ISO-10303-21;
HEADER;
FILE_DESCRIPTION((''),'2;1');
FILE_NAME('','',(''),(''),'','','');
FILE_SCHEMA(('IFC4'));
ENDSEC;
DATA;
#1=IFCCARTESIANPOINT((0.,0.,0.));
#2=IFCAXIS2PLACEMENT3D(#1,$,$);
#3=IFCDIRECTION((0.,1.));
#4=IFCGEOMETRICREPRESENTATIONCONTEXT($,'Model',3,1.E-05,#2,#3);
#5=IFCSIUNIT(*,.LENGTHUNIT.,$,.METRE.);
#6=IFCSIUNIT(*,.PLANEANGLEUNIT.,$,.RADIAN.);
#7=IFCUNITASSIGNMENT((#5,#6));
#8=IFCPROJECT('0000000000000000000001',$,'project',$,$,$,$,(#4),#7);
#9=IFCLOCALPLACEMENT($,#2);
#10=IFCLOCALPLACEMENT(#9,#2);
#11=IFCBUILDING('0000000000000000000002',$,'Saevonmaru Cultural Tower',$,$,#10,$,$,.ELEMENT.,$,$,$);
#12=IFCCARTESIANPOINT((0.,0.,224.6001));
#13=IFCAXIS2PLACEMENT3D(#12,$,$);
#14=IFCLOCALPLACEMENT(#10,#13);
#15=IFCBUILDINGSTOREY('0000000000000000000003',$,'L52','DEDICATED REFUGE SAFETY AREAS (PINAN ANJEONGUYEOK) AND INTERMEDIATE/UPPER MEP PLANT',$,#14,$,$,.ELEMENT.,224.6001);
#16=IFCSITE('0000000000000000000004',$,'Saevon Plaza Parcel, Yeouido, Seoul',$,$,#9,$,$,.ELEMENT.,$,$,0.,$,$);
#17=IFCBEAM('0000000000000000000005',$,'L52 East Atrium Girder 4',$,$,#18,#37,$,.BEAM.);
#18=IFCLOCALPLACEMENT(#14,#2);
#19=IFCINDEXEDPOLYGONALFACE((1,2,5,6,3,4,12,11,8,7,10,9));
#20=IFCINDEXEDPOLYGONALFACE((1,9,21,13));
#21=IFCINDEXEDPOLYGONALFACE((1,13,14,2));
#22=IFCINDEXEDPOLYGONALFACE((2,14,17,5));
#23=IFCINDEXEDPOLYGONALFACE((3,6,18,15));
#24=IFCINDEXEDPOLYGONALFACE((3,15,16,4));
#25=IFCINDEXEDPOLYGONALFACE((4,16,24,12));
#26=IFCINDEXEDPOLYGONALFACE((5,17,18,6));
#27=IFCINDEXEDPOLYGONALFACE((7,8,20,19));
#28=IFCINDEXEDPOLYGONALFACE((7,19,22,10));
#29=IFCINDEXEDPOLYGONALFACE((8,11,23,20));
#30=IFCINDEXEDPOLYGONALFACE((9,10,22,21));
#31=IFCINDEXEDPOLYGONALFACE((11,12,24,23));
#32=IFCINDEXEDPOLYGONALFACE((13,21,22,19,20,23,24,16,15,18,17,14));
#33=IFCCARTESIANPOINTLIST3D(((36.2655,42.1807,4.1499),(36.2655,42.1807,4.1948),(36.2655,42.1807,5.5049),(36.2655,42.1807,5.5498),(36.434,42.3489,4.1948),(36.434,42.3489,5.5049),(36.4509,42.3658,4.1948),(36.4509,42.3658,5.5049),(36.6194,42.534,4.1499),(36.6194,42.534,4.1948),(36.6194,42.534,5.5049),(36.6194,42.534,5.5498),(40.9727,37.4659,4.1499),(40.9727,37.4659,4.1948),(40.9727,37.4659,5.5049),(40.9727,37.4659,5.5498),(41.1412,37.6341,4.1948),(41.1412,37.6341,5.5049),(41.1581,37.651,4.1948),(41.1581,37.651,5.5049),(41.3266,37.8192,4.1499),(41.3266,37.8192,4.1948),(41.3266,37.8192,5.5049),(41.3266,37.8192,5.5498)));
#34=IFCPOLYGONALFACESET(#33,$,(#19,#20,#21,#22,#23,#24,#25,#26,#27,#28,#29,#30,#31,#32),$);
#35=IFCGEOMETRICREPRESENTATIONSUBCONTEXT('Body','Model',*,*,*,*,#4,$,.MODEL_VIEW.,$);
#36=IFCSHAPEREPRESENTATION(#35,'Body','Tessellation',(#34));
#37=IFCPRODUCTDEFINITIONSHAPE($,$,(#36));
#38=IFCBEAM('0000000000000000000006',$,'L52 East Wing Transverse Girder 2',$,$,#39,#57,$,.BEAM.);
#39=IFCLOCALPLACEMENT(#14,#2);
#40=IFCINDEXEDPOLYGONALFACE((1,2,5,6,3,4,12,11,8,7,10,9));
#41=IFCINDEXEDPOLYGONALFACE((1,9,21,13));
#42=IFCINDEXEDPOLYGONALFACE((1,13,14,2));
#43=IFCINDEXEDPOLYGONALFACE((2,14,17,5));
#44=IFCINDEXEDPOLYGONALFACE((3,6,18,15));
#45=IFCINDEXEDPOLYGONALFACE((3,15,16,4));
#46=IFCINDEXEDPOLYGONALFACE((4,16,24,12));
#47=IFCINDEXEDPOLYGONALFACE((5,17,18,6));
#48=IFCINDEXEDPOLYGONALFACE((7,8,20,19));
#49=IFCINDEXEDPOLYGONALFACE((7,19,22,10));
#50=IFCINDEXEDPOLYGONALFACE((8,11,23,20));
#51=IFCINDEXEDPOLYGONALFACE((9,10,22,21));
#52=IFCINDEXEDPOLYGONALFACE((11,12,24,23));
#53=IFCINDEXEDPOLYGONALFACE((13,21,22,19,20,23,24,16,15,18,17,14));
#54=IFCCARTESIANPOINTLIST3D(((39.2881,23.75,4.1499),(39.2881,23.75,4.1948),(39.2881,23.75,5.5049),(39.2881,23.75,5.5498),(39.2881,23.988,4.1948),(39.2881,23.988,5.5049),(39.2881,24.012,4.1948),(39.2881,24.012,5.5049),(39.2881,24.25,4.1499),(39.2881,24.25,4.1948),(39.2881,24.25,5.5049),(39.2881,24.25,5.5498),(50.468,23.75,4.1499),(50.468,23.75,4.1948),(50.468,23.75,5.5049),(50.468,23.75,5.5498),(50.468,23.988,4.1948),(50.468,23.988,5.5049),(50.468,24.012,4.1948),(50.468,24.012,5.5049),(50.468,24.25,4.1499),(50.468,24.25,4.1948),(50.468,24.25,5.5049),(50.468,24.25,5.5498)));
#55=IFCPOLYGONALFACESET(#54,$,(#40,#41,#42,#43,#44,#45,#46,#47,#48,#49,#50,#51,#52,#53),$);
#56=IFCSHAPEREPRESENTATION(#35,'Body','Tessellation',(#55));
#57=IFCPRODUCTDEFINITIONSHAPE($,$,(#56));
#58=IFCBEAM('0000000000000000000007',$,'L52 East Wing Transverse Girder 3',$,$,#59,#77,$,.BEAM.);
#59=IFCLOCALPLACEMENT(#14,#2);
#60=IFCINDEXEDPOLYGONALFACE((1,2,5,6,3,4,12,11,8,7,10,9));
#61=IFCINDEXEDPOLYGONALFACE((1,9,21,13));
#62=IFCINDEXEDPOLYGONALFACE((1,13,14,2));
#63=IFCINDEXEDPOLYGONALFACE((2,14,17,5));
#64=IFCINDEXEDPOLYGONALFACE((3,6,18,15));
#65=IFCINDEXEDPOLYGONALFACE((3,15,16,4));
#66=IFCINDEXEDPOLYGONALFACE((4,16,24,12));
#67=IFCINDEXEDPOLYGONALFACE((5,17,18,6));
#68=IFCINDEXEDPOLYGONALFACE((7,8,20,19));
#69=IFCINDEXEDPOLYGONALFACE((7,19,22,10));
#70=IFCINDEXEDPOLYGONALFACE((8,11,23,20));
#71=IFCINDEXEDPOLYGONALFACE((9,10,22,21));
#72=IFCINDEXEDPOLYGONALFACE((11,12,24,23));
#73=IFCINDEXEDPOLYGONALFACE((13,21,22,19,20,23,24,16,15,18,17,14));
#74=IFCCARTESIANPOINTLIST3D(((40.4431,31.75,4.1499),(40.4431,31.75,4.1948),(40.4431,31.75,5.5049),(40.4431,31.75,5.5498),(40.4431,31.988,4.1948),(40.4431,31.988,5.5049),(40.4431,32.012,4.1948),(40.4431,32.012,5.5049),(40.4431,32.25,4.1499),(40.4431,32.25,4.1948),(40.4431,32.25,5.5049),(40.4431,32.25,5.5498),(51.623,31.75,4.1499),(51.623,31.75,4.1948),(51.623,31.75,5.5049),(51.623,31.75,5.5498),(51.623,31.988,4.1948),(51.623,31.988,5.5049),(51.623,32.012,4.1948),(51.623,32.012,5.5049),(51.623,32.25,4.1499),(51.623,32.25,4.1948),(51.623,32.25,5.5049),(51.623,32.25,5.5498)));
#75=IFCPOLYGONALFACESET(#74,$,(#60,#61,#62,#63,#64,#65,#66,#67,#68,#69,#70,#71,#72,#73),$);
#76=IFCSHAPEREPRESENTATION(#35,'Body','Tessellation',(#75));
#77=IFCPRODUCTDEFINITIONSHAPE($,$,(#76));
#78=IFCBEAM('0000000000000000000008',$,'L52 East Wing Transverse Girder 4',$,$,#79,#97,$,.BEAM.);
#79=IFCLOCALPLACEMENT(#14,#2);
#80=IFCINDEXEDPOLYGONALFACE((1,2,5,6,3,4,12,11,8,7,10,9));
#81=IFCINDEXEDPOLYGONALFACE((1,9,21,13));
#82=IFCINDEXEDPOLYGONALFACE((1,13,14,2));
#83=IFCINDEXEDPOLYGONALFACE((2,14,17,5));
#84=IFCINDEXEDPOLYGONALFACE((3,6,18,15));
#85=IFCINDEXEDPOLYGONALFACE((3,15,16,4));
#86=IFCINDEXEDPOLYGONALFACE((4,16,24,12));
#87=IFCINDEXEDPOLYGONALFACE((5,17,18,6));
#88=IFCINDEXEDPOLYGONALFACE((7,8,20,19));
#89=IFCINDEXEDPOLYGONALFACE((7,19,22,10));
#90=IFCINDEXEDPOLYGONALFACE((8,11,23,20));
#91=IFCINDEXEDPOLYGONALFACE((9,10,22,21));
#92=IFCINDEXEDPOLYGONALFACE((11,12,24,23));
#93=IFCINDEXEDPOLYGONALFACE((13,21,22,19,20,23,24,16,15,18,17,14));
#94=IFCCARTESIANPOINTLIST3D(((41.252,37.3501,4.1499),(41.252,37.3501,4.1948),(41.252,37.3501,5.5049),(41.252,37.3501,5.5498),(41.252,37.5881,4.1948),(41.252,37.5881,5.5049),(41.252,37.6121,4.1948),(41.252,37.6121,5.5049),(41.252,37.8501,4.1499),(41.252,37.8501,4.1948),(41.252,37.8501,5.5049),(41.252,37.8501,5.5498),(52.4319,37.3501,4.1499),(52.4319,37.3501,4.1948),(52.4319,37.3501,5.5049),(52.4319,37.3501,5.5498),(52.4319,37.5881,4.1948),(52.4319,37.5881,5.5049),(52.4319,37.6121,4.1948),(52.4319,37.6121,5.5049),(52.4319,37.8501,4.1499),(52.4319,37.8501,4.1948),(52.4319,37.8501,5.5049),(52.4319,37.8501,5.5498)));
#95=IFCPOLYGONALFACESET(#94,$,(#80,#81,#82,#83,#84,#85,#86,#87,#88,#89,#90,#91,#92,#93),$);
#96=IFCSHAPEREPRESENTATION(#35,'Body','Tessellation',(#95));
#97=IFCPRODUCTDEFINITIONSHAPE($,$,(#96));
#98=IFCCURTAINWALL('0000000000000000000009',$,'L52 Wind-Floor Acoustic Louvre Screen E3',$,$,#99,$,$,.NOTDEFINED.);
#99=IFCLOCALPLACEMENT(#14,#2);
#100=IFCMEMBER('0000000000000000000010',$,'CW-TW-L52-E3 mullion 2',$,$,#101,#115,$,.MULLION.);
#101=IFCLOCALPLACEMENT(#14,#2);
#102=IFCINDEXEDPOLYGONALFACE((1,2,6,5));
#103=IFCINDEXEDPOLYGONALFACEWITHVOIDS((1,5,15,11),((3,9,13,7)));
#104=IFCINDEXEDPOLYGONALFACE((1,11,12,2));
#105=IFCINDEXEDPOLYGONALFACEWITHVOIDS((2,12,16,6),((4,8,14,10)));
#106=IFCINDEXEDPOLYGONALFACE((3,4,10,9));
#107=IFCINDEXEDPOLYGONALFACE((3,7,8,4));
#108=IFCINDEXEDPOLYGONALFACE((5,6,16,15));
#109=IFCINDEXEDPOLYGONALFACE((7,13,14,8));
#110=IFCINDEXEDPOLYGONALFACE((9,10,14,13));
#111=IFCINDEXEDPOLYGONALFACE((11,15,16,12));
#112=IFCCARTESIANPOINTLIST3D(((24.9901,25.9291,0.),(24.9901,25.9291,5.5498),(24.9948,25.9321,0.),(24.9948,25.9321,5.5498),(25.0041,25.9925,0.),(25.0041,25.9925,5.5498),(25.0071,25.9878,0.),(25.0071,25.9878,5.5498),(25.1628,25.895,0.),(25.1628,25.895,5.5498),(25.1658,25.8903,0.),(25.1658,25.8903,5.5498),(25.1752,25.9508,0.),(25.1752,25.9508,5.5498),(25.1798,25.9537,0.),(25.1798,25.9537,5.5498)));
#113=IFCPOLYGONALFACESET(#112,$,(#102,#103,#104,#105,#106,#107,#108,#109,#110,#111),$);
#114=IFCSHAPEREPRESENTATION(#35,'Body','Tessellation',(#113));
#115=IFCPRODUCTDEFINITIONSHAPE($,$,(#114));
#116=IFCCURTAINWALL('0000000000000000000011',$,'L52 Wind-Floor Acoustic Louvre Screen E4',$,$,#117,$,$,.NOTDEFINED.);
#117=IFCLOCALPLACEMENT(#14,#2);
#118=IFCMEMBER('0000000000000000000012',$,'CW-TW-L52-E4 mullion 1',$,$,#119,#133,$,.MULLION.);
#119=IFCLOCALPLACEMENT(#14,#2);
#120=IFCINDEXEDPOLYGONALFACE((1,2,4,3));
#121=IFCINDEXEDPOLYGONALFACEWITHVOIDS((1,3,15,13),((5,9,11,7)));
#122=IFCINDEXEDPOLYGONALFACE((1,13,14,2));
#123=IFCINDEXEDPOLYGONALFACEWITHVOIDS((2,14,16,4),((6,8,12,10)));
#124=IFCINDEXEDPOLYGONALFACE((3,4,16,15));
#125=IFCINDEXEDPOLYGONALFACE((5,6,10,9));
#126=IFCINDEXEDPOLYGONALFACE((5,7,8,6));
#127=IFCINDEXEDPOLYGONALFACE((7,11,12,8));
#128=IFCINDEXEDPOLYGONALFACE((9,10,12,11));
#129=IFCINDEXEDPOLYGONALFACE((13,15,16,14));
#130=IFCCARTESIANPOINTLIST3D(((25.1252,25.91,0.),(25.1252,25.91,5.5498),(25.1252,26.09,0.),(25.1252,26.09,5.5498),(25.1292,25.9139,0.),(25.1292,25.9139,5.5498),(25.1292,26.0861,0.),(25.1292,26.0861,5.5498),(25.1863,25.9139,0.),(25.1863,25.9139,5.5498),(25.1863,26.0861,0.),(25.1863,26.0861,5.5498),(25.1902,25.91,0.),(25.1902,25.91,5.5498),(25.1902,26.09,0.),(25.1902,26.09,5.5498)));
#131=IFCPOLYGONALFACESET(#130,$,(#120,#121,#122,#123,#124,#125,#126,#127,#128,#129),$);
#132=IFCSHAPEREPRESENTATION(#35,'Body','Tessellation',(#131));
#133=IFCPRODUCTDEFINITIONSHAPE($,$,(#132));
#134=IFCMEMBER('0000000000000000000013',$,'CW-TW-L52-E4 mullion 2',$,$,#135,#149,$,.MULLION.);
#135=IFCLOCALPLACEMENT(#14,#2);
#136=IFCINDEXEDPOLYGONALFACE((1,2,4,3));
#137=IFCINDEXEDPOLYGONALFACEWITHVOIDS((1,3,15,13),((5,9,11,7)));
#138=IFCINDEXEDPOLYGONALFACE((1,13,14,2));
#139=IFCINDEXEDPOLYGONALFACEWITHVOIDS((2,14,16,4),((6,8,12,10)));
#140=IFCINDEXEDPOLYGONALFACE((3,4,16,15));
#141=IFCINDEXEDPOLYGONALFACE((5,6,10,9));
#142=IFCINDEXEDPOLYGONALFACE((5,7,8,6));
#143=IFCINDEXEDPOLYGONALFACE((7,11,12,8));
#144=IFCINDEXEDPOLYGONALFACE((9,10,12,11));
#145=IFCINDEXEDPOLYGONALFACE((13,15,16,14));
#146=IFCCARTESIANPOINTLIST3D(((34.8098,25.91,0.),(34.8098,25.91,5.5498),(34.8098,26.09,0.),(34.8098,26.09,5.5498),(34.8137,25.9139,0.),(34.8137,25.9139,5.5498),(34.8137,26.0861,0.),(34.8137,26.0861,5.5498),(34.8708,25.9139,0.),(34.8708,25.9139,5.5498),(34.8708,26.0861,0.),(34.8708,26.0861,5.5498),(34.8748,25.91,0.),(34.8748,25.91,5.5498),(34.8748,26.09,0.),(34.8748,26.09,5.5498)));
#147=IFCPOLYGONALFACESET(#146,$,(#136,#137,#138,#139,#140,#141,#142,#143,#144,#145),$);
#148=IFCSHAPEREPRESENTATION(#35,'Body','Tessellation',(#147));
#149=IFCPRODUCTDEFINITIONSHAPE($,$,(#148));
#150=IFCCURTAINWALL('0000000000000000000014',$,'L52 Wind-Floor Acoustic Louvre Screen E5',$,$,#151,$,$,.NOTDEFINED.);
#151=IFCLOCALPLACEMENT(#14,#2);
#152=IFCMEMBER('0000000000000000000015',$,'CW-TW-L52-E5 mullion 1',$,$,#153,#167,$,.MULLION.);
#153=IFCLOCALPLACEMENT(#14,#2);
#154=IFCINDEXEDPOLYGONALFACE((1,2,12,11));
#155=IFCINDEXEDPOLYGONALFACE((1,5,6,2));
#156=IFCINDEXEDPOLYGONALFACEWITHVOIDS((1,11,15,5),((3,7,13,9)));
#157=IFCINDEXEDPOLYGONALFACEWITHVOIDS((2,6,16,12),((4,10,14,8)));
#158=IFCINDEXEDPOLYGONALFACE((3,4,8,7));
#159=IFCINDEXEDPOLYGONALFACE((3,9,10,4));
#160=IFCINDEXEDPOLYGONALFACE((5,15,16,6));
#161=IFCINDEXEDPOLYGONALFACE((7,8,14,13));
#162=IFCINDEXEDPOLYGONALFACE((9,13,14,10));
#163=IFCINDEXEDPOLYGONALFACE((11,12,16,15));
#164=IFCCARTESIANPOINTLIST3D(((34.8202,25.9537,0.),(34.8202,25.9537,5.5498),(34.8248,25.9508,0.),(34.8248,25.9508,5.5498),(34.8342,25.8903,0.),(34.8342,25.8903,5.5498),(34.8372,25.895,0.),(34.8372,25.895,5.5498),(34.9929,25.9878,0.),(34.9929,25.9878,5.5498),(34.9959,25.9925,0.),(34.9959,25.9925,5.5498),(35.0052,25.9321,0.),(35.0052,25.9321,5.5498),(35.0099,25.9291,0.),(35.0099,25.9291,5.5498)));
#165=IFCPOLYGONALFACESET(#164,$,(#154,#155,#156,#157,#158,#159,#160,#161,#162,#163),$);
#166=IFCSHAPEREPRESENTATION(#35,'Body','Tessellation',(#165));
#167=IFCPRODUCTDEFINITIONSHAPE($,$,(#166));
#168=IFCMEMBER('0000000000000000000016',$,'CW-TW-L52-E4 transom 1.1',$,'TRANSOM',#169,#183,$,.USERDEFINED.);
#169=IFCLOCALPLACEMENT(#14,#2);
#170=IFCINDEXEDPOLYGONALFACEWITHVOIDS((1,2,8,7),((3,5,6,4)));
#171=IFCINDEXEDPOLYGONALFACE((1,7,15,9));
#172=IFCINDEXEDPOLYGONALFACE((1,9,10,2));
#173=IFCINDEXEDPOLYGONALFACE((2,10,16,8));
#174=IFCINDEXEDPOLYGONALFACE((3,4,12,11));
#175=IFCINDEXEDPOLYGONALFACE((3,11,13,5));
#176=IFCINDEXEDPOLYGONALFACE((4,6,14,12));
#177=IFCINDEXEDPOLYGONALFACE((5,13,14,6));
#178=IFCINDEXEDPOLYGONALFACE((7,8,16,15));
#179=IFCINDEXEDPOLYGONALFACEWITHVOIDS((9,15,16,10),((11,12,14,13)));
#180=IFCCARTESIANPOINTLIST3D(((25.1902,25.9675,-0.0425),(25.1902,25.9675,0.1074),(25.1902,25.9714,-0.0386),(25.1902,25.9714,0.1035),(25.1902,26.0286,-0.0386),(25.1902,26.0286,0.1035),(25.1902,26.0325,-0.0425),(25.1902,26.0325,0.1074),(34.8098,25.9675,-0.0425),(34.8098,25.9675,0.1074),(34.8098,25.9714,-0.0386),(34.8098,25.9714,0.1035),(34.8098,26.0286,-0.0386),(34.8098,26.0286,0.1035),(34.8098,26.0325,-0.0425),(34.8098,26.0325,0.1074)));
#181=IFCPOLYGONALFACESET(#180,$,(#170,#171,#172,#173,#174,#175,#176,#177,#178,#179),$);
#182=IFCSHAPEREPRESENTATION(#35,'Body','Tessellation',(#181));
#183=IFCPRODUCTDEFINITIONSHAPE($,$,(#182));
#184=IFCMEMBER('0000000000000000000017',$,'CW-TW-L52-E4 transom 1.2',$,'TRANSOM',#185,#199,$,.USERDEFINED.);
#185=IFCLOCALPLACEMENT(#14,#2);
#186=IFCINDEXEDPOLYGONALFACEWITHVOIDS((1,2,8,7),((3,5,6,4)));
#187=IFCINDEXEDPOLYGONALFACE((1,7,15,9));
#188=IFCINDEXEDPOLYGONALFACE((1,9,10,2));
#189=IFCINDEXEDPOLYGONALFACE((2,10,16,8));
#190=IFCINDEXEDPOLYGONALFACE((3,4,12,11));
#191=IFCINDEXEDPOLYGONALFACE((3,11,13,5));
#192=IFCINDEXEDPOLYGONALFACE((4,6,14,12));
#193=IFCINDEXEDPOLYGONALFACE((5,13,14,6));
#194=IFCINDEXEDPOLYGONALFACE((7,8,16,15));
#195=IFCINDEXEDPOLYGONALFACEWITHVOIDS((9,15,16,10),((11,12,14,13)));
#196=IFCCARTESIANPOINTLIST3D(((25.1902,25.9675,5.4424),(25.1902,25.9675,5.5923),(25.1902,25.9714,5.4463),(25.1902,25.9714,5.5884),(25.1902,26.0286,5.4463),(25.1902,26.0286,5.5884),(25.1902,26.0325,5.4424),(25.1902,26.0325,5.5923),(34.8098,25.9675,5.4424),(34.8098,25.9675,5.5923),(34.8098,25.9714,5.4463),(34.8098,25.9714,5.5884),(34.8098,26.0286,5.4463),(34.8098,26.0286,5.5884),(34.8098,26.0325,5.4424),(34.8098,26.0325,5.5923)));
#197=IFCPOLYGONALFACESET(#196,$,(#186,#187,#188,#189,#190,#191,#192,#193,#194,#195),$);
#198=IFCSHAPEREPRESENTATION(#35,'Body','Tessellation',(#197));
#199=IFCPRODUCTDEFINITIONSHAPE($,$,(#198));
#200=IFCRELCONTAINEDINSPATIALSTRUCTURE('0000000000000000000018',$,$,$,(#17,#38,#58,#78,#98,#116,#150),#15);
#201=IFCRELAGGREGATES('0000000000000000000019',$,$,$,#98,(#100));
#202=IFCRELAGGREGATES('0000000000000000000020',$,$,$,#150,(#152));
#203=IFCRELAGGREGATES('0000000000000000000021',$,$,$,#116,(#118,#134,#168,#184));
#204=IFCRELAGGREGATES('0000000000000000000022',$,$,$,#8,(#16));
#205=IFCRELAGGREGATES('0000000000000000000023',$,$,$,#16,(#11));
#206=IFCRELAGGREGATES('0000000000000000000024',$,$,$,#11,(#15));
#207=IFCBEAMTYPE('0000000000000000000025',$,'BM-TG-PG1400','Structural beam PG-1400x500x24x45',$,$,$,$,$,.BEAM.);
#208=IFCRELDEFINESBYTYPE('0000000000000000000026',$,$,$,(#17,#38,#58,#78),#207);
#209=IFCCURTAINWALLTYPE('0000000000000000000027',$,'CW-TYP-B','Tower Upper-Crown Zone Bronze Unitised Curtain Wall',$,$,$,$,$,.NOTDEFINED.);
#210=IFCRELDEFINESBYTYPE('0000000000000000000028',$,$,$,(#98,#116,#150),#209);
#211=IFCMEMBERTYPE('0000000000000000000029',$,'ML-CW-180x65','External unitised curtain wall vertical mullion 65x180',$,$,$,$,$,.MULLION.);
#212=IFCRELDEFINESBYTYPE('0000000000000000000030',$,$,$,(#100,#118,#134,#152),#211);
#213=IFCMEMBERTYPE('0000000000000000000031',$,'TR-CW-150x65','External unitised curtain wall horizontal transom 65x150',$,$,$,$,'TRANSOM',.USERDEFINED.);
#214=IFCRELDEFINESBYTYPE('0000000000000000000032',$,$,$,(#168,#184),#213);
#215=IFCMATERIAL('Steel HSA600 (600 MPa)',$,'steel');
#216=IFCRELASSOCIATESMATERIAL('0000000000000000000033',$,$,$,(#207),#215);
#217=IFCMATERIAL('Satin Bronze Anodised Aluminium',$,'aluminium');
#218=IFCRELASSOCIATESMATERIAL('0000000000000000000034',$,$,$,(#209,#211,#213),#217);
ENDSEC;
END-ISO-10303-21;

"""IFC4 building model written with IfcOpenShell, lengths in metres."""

from ifc_helpers import new_model, si_unit, direction, frame, origin, origin_2d, place, context, subcontext, project, spatial, hollow_rectangle, i_section, extrude, material, material_profile, profile_set, type_object, element, aggregate, save


model = new_model("IFC4")

# Units and contexts
model_context = context("Model", 3, precision=1e-05, world=origin(), true_north=direction((0.0, 1.0)))
body_context = subcontext(model_context, "Body", "Model", "MODEL_VIEW")
ifc_project = project(units=[si_unit("LENGTHUNIT", "METRE"), si_unit("PLANEANGLEUNIT", "RADIAN")], contexts=[model_context])

# Site, building, storey
site_placement = place(None, origin())
site = spatial("IfcSite", under=ifc_project, at=site_placement, Name="Saevon Plaza Parcel, Yeouido, Seoul", CompositionType="ELEMENT", RefElevation=0.0)
building_placement = place(site_placement, origin())
building = spatial("IfcBuilding", under=site, at=building_placement, Name="Saevonmaru Cultural Tower", CompositionType="ELEMENT")
storey_placement = place(building_placement, frame((0.0, 0.0, 224.6001)))
storey = spatial("IfcBuildingStorey", under=building, at=storey_placement, Name="L52", Description="DEDICATED REFUGE SAFETY AREAS (PINAN ANJEONGUYEOK) AND INTERMEDIATE/UPPER MEP PLANT", CompositionType="ELEMENT", Elevation=224.6001)

# Beams
ifc_material_1 = material(Name="Steel HSA600 (600 MPa)", Category="steel")
ifc_material_profile_1 = material_profile(ifc_material_1, i_section(OverallWidth=0.5, OverallDepth=1.3999, WebThickness=0.0239, FlangeThickness=0.0449, at=origin_2d()), Name="PG-1400x500x24x45")
ifc_profile_set_1 = profile_set([ifc_material_profile_1], Name="Steel HSA600 (600 MPa)")
beam_type_1 = type_object("IfcBeamType", Name="BM-TG-PG1400", Description="Structural beam PG-1400x500x24x45", PredefinedType="BEAM", material=ifc_profile_set_1)
beam_1_placement = place(storey_placement, frame((41.1497, 37.6426, 4.8499), z_axis=(-0.706539, 0.707675, 0.0), x_axis=(-0.707675, -0.706539, 0.0)))
element("IfcBeam", 1, at=beam_1_placement, inside=storey, type_object=beam_type_1, Name="L52 East Atrium Girder 4", PredefinedType="BEAM", context=body_context, shape_type="SweptSolid", body=[
    extrude(i_section(OverallWidth=0.5, OverallDepth=1.3999, WebThickness=0.0239, FlangeThickness=0.0449, at=origin_2d()), origin(), (0.0, 0.0, 1.0), 6.6624),
])
for number, where, z_axis, x_axis, name in (
    (2, (39.2881, 24.0, 4.8499), (1.0, 0.0, 0.0), (0.0, 1.0, 0.0), "L52 East Wing Transverse Girder 2"),
    (3, (40.4431, 32.0, 4.8499), (1.0, 0.0, 0.0), (0.0, 1.0, 0.0), "L52 East Wing Transverse Girder 3"),
    (4, (41.252, 37.6001, 4.8499), (1.0, 0.0, 0.0), (0.0, 1.0, 0.0), "L52 East Wing Transverse Girder 4"),
):
    element("IfcBeam", number, at=place(storey_placement, frame(where, z_axis=z_axis, x_axis=x_axis)), inside=storey, type_object=beam_type_1, Name=name, PredefinedType="BEAM", context=body_context, shape_type="SweptSolid", body=[
        extrude(i_section(OverallWidth=0.5, OverallDepth=1.3999, WebThickness=0.0239, FlangeThickness=0.0449, at=origin_2d()), origin(), (0.0, 0.0, 1.0), 11.1799),
    ])

# Curtain wall, member
ifc_material_2 = material(Name="Satin Bronze Anodised Aluminium", Category="aluminium")
curtain_wall_type = type_object("IfcCurtainWallType", Name="CW-TYP-B", Description="Tower Upper-Crown Zone Bronze Unitised Curtain Wall", PredefinedType="NOTDEFINED", material=ifc_material_2)
curtain_wall_1_placement = place(storey_placement, origin())
curtain_wall_1 = element("IfcCurtainWall", 5, at=curtain_wall_1_placement, inside=storey, type_object=curtain_wall_type, Name="L52 Wind-Floor Acoustic Louvre Screen E3", PredefinedType="NOTDEFINED")
ifc_material_profile_2 = material_profile(ifc_material_2, hollow_rectangle(XDim=0.0649, YDim=0.1799, WallThickness=0.0039, at=origin_2d()), Name="ALU-MULL-180x65x4")
ifc_profile_set_2 = profile_set([ifc_material_profile_2], Name="Satin Bronze Anodised Aluminium")
member_type_1 = type_object("IfcMemberType", Name="ML-CW-180x65", Description="External unitised curtain wall vertical mullion 65x180", PredefinedType="MULLION", material=ifc_profile_set_2)
member_1_placement = place(storey_placement, frame((25.085, 25.9414, 0.0), z_axis=(0.0, 0.0, 1.0), x_axis=(0.215413, 0.976523, 0.0)))
member_1 = element("IfcMember", 6, at=member_1_placement, type_object=member_type_1, Name="CW-TW-L52-E3 mullion 2", PredefinedType="MULLION", context=body_context, shape_type="SweptSolid", body=[
    extrude(hollow_rectangle(XDim=0.0649, YDim=0.1799, WallThickness=0.0039, at=origin_2d()), origin(), (0.0, 0.0, 1.0), 5.5498),
])
aggregate(curtain_wall_1, [member_1])

# Curtain wall, members
curtain_wall_2_placement = place(storey_placement, origin())
curtain_wall_2 = element("IfcCurtainWall", 7, at=curtain_wall_2_placement, inside=storey, type_object=curtain_wall_type, Name="L52 Wind-Floor Acoustic Louvre Screen E4", PredefinedType="NOTDEFINED")
member_2_placement = place(storey_placement, frame((25.1577, 26.0, 0.0), z_axis=(0.0, 0.0, 1.0), x_axis=(1.0, 0.0, 0.0)))
member_2 = element("IfcMember", 8, at=member_2_placement, type_object=member_type_1, Name="CW-TW-L52-E4 mullion 1", PredefinedType="MULLION", context=body_context, shape_type="SweptSolid", body=[
    extrude(hollow_rectangle(XDim=0.0649, YDim=0.1799, WallThickness=0.0039, at=origin_2d()), origin(), (0.0, 0.0, 1.0), 5.5498),
])
member_3_placement = place(storey_placement, frame((34.8423, 26.0, 0.0), z_axis=(0.0, 0.0, 1.0), x_axis=(1.0, 0.0, 0.0)))
member_3 = element("IfcMember", 9, at=member_3_placement, type_object=member_type_1, Name="CW-TW-L52-E4 mullion 2", PredefinedType="MULLION", context=body_context, shape_type="SweptSolid", body=[
    extrude(hollow_rectangle(XDim=0.0649, YDim=0.1799, WallThickness=0.0039, at=origin_2d()), origin(), (0.0, 0.0, 1.0), 5.5498),
])

# Curtain wall, member
curtain_wall_3_placement = place(storey_placement, origin())
curtain_wall_3 = element("IfcCurtainWall", 10, at=curtain_wall_3_placement, inside=storey, type_object=curtain_wall_type, Name="L52 Wind-Floor Acoustic Louvre Screen E5", PredefinedType="NOTDEFINED")
member_4_placement = place(storey_placement, frame((34.915, 25.9414, 0.0), z_axis=(0.0, 0.0, 1.0), x_axis=(0.215413, -0.976523, 0.0)))
member_4 = element("IfcMember", 11, at=member_4_placement, type_object=member_type_1, Name="CW-TW-L52-E5 mullion 1", PredefinedType="MULLION", context=body_context, shape_type="SweptSolid", body=[
    extrude(hollow_rectangle(XDim=0.0649, YDim=0.1799, WallThickness=0.0039, at=origin_2d()), origin(), (0.0, 0.0, 1.0), 5.5498),
])

# Members
ifc_material_profile_3 = material_profile(ifc_material_2, hollow_rectangle(XDim=0.0649, YDim=0.1499, WallThickness=0.0039, at=origin_2d()), Name="ALU-TRAN-150x65x4")
ifc_profile_set_3 = profile_set([ifc_material_profile_3], Name="Satin Bronze Anodised Aluminium")
member_type_2 = type_object("IfcMemberType", Name="TR-CW-150x65", Description="External unitised curtain wall horizontal transom 65x150", ElementType="TRANSOM", PredefinedType="USERDEFINED", material=ifc_profile_set_3)
member_5_placement = place(storey_placement, frame((25.1902, 26.0, 0.0325), z_axis=(1.0, 0.0, 0.0), x_axis=(0.0, 1.0, 0.0)))
member_5 = element("IfcMember", 12, at=member_5_placement, type_object=member_type_2, Name="CW-TW-L52-E4 transom 1.1", ObjectType="TRANSOM", PredefinedType="USERDEFINED", context=body_context, shape_type="SweptSolid", body=[
    extrude(hollow_rectangle(XDim=0.0649, YDim=0.1499, WallThickness=0.0039, at=origin_2d()), origin(), (0.0, 0.0, 1.0), 9.6196),
])
member_6_placement = place(storey_placement, frame((25.1902, 26.0, 5.5173), z_axis=(1.0, 0.0, 0.0), x_axis=(0.0, 1.0, 0.0)))
member_6 = element("IfcMember", 13, at=member_6_placement, type_object=member_type_2, Name="CW-TW-L52-E4 transom 1.2", ObjectType="TRANSOM", PredefinedType="USERDEFINED", context=body_context, shape_type="SweptSolid", body=[
    extrude(hollow_rectangle(XDim=0.0649, YDim=0.1499, WallThickness=0.0039, at=origin_2d()), origin(), (0.0, 0.0, 1.0), 9.6196),
])
aggregate(curtain_wall_3, [member_4])

aggregate(curtain_wall_2, [member_2, member_3, member_5, member_6])

save(model, "model.ifc")
